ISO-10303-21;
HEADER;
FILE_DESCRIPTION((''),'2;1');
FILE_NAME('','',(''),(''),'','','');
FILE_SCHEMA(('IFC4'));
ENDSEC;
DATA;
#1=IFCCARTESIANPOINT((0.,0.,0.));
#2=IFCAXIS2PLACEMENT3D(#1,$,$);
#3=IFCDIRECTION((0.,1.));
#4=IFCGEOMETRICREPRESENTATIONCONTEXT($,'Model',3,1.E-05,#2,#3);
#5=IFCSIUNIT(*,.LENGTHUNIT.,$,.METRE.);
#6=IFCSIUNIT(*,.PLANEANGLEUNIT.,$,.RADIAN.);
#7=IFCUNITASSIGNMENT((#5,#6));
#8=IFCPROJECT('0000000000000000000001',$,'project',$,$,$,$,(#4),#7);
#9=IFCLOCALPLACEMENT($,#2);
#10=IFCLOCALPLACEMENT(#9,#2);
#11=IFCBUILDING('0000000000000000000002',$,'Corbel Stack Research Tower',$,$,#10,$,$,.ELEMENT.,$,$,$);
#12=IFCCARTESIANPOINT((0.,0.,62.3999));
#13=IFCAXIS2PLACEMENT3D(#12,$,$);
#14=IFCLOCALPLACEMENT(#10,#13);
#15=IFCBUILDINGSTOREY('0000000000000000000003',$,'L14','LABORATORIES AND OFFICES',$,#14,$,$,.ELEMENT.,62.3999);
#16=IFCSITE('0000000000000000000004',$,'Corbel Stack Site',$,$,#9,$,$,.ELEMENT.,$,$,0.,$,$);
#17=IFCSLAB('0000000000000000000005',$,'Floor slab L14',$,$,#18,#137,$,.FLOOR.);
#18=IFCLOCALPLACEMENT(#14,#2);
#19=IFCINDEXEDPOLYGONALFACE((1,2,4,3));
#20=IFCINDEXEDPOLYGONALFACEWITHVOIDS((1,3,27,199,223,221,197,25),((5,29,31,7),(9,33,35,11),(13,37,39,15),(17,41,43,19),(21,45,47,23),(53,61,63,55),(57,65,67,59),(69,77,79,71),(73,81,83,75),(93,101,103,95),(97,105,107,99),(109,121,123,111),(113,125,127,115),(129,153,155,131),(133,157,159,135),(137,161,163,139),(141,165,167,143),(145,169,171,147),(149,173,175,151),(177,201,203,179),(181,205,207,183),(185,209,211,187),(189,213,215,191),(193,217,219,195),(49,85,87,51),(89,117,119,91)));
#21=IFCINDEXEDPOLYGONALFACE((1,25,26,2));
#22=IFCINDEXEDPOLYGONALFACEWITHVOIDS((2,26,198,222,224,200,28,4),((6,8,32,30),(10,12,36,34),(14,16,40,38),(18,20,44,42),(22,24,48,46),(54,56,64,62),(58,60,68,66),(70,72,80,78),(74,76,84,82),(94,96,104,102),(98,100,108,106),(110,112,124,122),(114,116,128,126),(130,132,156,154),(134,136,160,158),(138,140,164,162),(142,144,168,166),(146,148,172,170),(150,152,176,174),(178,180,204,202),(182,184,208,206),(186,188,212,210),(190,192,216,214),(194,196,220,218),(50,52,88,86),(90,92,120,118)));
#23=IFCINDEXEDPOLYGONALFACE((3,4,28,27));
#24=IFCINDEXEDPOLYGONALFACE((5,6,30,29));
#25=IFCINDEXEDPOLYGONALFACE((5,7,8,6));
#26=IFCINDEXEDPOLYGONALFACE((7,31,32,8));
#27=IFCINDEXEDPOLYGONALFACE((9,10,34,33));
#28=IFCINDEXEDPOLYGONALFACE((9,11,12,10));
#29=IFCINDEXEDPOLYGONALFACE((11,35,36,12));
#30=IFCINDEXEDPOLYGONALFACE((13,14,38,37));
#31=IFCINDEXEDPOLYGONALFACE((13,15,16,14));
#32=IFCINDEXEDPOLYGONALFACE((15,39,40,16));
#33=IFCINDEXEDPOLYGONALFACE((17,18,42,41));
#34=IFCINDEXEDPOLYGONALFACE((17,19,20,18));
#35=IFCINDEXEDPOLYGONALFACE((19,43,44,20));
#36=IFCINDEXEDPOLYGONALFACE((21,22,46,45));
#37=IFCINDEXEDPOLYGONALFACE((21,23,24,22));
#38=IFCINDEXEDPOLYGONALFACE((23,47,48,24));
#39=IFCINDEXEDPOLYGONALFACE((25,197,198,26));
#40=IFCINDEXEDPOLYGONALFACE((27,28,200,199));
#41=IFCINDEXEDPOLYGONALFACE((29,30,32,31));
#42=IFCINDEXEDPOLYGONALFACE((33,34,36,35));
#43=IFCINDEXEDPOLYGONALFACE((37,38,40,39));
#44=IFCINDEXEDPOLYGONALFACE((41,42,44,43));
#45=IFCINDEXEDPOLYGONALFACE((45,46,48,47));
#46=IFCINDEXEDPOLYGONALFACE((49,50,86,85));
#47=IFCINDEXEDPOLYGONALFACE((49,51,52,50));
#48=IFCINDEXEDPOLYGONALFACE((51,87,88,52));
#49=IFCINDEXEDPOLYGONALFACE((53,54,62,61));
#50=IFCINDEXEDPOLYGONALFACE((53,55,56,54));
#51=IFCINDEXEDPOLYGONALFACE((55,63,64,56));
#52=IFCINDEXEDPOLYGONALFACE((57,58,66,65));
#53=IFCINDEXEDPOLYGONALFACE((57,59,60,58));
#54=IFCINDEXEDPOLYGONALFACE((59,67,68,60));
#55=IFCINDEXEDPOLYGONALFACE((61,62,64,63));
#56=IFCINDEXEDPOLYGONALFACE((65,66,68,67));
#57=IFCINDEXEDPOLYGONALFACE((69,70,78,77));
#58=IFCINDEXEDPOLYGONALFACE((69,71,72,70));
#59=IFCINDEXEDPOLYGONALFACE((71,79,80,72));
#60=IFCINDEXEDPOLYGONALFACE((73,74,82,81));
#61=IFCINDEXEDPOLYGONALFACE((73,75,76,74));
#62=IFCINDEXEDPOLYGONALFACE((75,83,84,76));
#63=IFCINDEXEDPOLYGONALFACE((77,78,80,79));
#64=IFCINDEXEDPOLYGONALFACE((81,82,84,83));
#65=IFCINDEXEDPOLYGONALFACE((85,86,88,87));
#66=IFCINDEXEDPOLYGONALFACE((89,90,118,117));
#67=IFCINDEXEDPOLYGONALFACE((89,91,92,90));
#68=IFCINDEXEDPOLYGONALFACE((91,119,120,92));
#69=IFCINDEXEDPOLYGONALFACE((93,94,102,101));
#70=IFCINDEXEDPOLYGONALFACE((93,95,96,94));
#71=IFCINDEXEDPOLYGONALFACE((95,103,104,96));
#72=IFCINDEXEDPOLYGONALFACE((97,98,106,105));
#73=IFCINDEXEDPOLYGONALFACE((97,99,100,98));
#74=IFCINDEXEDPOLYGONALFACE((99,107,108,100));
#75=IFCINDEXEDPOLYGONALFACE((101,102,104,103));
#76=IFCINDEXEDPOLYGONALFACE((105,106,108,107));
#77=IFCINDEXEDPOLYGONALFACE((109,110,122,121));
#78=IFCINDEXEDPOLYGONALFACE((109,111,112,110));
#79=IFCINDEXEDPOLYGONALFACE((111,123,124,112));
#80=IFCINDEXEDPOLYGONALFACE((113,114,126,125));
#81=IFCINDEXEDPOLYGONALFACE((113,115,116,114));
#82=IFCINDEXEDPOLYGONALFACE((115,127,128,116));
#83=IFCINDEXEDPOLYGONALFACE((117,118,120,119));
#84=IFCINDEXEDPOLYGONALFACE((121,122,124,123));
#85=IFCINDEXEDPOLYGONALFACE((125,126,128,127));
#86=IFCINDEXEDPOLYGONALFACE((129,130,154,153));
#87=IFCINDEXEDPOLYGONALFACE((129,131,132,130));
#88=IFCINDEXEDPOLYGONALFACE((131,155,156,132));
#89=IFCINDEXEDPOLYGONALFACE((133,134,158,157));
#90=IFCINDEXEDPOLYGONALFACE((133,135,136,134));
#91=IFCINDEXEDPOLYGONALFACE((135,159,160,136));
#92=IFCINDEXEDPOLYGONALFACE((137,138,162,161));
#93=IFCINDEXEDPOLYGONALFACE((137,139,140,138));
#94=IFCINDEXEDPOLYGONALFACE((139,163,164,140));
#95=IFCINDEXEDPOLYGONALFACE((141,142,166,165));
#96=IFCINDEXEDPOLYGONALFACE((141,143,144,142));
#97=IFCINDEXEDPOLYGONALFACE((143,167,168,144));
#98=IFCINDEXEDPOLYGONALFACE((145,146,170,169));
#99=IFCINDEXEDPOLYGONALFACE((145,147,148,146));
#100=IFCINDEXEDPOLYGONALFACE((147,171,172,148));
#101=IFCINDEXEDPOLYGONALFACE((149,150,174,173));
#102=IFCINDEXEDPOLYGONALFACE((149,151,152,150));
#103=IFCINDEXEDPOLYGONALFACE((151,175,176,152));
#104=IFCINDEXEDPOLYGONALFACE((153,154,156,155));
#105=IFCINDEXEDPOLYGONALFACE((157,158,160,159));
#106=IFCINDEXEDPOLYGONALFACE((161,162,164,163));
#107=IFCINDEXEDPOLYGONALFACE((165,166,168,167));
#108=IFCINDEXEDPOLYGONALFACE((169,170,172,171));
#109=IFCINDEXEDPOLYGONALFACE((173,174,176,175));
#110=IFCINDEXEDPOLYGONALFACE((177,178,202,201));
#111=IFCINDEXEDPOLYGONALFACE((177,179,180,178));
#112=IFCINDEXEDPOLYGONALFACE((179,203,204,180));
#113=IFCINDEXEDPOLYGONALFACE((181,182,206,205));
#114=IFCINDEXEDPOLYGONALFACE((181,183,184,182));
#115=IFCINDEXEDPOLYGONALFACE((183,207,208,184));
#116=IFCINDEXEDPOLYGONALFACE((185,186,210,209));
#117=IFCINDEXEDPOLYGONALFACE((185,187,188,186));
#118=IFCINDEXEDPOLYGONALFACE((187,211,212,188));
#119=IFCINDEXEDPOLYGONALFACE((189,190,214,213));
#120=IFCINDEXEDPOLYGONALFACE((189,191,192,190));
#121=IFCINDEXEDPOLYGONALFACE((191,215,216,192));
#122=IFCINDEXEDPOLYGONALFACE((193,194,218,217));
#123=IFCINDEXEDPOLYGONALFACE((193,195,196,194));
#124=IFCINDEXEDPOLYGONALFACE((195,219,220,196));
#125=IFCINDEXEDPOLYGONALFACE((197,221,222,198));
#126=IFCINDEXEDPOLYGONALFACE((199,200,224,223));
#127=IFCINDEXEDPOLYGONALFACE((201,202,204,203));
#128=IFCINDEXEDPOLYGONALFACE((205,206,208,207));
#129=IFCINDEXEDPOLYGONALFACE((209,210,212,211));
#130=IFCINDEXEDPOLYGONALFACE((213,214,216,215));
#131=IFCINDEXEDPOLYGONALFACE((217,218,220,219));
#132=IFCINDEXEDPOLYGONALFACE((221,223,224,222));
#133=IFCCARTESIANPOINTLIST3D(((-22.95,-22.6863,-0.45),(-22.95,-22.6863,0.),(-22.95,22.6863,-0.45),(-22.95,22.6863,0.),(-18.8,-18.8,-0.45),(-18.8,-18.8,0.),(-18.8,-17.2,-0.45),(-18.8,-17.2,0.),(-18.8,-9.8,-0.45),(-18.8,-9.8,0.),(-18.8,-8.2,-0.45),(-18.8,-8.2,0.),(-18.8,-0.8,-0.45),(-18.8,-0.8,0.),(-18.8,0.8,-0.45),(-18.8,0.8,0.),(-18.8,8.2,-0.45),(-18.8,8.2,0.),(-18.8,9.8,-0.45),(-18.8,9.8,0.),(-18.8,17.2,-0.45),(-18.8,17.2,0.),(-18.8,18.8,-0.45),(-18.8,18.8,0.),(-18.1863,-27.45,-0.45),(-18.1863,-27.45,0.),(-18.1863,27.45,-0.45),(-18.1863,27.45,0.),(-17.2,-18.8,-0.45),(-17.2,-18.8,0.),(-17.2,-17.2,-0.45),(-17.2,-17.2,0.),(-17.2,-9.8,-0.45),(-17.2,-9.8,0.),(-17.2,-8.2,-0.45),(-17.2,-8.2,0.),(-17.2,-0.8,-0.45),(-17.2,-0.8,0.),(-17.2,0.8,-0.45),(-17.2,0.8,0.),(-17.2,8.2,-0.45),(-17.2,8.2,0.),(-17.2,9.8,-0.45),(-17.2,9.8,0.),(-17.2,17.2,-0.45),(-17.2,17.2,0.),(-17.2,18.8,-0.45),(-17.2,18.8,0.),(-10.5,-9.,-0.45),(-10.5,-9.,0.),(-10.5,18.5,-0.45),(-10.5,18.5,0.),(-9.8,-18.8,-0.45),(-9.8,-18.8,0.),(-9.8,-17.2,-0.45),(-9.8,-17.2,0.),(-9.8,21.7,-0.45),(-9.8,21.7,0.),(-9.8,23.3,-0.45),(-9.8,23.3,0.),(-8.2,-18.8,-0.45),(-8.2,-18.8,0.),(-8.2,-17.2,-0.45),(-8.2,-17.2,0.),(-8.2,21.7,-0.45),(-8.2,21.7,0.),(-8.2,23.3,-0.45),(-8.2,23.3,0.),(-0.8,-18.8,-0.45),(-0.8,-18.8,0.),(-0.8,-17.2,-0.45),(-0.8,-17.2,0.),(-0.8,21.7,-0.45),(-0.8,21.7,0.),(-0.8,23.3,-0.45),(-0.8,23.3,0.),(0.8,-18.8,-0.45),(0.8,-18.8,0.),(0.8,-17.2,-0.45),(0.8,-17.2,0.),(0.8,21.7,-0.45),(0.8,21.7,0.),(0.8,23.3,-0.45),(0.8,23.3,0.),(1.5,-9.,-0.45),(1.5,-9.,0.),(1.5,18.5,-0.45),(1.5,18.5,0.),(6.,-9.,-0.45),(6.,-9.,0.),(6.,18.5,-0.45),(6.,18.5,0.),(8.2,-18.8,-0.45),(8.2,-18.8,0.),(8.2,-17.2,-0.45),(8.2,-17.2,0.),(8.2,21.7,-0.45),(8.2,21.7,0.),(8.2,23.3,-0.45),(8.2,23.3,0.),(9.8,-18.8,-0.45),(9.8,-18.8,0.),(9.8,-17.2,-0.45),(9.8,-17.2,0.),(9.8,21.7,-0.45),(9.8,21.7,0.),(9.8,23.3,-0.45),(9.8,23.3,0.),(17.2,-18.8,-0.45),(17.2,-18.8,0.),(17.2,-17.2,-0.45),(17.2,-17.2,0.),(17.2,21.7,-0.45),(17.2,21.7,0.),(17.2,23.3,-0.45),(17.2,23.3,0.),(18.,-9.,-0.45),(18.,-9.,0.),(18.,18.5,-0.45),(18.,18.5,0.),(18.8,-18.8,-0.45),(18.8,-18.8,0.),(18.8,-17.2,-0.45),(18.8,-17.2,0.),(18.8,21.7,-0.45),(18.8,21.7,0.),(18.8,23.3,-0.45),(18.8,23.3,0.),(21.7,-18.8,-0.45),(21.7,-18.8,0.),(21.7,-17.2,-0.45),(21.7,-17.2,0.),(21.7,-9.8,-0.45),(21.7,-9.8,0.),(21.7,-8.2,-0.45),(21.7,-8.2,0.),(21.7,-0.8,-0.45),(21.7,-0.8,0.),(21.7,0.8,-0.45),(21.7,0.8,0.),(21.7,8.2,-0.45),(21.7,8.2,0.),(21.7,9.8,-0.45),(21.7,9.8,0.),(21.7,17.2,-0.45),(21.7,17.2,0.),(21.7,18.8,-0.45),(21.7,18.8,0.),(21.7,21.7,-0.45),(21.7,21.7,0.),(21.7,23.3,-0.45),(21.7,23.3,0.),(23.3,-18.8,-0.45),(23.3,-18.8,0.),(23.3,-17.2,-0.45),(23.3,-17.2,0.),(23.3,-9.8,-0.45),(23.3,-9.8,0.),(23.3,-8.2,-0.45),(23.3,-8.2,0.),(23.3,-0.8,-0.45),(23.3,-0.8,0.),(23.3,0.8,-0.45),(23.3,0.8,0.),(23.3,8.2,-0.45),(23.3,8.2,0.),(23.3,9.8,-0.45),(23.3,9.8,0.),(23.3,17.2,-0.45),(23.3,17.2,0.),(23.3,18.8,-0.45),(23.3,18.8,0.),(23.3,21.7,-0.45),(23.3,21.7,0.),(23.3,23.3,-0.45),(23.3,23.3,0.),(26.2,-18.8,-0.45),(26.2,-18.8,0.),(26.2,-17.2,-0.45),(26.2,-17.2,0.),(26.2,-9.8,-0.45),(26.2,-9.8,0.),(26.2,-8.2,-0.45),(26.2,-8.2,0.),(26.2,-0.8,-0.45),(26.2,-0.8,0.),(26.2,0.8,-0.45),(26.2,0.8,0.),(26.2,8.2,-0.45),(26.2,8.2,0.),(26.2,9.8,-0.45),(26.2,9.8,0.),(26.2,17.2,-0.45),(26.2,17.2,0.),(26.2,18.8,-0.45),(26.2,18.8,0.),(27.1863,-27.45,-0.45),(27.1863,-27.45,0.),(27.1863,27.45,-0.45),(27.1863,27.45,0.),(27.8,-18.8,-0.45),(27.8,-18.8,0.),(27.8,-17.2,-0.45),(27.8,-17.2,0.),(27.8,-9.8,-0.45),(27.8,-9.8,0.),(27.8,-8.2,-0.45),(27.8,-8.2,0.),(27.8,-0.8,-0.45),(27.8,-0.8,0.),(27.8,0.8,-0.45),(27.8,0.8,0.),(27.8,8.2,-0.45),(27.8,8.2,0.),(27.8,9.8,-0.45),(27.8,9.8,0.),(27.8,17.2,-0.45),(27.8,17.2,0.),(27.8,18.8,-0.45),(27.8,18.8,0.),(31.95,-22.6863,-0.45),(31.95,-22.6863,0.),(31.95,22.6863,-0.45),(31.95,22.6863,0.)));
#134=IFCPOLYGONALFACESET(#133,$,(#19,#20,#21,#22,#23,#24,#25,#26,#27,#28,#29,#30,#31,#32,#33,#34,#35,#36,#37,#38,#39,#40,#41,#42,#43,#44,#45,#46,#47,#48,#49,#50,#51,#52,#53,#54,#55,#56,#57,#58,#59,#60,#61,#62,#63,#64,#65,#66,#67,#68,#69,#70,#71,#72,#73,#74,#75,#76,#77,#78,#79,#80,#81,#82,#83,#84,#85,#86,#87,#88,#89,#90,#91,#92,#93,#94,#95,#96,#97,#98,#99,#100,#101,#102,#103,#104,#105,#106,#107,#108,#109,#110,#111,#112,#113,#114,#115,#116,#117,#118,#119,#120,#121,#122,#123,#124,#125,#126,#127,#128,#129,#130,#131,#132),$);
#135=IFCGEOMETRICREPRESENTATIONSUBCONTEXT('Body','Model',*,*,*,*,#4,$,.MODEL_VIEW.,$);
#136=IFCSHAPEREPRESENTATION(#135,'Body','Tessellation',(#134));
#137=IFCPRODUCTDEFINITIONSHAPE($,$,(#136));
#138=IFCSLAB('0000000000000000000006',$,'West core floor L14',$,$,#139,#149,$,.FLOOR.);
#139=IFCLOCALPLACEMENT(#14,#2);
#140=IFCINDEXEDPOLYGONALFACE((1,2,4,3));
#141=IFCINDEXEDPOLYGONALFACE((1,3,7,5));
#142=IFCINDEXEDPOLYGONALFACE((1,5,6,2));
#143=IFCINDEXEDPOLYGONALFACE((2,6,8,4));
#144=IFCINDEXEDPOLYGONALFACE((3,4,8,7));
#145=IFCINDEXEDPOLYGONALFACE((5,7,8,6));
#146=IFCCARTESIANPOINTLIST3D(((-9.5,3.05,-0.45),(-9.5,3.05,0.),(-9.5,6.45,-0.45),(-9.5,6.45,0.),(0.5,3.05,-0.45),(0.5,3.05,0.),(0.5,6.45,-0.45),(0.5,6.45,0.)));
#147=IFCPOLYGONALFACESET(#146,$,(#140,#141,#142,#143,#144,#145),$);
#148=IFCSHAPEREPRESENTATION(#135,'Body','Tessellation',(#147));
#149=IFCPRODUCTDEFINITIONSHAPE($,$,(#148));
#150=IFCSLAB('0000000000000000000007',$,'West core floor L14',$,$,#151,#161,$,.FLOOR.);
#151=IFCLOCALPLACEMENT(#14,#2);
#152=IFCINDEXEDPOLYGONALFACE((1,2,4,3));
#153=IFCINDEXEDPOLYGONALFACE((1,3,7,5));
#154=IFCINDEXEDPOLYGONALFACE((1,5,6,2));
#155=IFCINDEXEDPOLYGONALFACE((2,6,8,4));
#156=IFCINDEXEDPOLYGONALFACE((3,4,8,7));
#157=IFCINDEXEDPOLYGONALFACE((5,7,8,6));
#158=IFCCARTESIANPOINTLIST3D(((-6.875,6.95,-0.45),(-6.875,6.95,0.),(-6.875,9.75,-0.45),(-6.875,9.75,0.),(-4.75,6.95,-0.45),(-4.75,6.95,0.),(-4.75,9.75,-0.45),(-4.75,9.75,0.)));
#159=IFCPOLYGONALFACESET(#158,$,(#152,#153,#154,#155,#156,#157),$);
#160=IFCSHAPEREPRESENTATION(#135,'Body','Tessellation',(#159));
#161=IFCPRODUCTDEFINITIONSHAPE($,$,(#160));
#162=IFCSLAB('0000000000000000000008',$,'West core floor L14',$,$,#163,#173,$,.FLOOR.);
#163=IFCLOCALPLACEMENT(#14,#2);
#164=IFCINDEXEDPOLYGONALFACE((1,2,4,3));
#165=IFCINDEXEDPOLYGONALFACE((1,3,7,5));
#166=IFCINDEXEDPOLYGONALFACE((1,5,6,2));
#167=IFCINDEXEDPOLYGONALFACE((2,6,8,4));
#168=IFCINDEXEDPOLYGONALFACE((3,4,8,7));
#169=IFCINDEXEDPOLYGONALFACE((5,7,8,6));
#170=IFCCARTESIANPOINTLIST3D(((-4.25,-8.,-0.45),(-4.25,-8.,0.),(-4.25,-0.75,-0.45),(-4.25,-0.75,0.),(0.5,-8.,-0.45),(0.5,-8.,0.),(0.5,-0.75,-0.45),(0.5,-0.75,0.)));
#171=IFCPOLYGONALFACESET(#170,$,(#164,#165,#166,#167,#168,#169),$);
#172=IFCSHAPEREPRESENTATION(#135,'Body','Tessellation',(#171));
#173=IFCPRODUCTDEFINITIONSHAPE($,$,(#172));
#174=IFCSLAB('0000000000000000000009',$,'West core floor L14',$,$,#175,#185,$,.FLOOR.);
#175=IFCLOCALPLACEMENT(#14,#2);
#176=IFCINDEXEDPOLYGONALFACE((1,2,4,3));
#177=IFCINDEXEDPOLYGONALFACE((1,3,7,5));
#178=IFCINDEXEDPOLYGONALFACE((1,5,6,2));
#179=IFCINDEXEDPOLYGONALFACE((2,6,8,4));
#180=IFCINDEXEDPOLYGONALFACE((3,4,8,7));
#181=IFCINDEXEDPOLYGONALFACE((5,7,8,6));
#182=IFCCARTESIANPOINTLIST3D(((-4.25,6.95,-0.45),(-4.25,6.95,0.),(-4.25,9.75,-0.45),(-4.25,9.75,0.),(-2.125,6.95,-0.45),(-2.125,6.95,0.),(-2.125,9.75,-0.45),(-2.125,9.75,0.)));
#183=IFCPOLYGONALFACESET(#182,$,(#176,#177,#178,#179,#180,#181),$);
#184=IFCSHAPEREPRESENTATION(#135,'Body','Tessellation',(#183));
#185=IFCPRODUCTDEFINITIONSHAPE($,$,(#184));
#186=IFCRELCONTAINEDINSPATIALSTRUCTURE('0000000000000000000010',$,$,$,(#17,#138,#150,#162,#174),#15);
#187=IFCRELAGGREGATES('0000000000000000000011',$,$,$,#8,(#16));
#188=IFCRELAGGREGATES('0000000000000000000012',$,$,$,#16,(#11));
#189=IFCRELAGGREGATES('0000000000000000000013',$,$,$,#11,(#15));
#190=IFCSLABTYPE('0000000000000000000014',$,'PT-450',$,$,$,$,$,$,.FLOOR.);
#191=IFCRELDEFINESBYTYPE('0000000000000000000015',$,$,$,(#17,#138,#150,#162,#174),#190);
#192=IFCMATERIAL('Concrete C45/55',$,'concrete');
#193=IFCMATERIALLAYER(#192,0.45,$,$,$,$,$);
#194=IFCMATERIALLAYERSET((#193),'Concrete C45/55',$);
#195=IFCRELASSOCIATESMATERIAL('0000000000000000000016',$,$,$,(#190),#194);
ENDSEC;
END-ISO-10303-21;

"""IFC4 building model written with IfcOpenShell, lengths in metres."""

from ifc_helpers import new_model, si_unit, direction, frame, origin, place, context, subcontext, project, spatial, polyline, outline, extrude, material, layer, layer_set, type_object, element, save


model = new_model("IFC4")

# Units and contexts
model_context = context("Model", 3, precision=1e-05, world=origin(), true_north=direction((0.0, 1.0)))
body_context = subcontext(model_context, "Body", "Model", "MODEL_VIEW")
ifc_project = project(units=[si_unit("LENGTHUNIT", "METRE"), si_unit("PLANEANGLEUNIT", "RADIAN")], contexts=[model_context])

# Site, building, storey
site_placement = place(None, origin())
site = spatial("IfcSite", under=ifc_project, at=site_placement, Name="Corbel Stack Site", CompositionType="ELEMENT", RefElevation=0.0)
building_placement = place(site_placement, origin())
building = spatial("IfcBuilding", under=site, at=building_placement, Name="Corbel Stack Research Tower", CompositionType="ELEMENT")
storey_placement = place(building_placement, frame((0.0, 0.0, 62.3999)))
storey = spatial("IfcBuildingStorey", under=building, at=storey_placement, Name="L14", Description="LABORATORIES AND OFFICES", CompositionType="ELEMENT", Elevation=62.3999)

# Slabs
ifc_material_1 = material(Name="Concrete C45/55", Category="concrete")
ifc_layer_1 = layer(ifc_material_1, 0.45)
ifc_layer_set_1 = layer_set([ifc_layer_1], Name="Concrete C45/55")
slab_type = type_object("IfcSlabType", Name="PT-450", PredefinedType="FLOOR", material=ifc_layer_set_1)
slab_1_placement = place(storey_placement, frame((0.0, 0.0, -0.45)))
element("IfcSlab", 1, at=slab_1_placement, inside=storey, type_object=slab_type, Name="Floor slab L14", PredefinedType="FLOOR", context=body_context, shape_type="SweptSolid", body=[
    extrude(outline(polyline([(-18.1863, -27.45), (27.1863, -27.45), (31.95, -22.6863), (31.95, 22.6863), (27.1863, 27.45), (-18.1863, 27.45), (-22.95, 22.6863), (-22.95, -22.6863), (-18.1863, -27.45)]), holes=[polyline([(26.2, 17.2), (26.2, 18.8), (27.8, 18.8), (27.8, 17.2), (26.2, 17.2)]), polyline([(26.2, 8.2), (26.2, 9.8), (27.8, 9.8), (27.8, 8.2), (26.2, 8.2)]), polyline([(27.8, -0.8), (26.2, -0.8), (26.2, 0.8), (27.8, 0.8), (27.8, -0.8)]), polyline([(26.2, -9.8), (26.2, -8.2), (27.8, -8.2), (27.8, -9.8), (26.2, -9.8)]), polyline([(26.2, -18.8), (26.2, -17.2), (27.8, -17.2), (27.8, -18.8), (26.2, -18.8)]), polyline([(21.7, 21.7), (21.7, 23.3), (23.3, 23.3), (23.3, 21.7), (21.7, 21.7)]), polyline([(21.7, 17.2), (21.7, 18.8), (23.3, 18.8), (23.3, 17.2), (21.7, 17.2)]), polyline([(21.7, 8.2), (21.7, 9.8), (23.3, 9.8), (23.3, 8.2), (21.7, 8.2)]), polyline([(21.7, -0.8), (21.7, 0.8), (23.3, 0.8), (23.3, -0.8), (21.7, -0.8)]), polyline([(23.3, -9.8), (21.7, -9.8), (21.7, -8.2), (23.3, -8.2), (23.3, -9.8)]), polyline([(21.7, -18.8), (21.7, -17.2), (23.3, -17.2), (23.3, -18.8), (21.7, -18.8)]), polyline([(17.2, 21.7), (17.2, 23.3), (18.8, 23.3), (18.8, 21.7), (17.2, 21.7)]), polyline([(18.8, -18.8), (17.2, -18.8), (17.2, -17.2), (18.8, -17.2), (18.8, -18.8)]), polyline([(6.0, -9.0), (6.0, 18.5), (18.0, 18.5), (18.0, -9.0), (6.0, -9.0)]), polyline([(8.2, 21.7), (8.2, 23.3), (9.8, 23.3), (9.8, 21.7), (8.2, 21.7)]), polyline([(9.8, -18.8), (8.2, -18.8), (8.2, -17.2), (9.8, -17.2), (9.8, -18.8)]), polyline([(1.5, -9.0), (-10.5, -9.0), (-10.5, 18.5), (1.5, 18.5), (1.5, -9.0)]), polyline([(-0.8, 21.7), (-0.8, 23.3), (0.8, 23.3), (0.8, 21.7), (-0.8, 21.7)]), polyline([(-0.8, -18.8), (-0.8, -17.2), (0.8, -17.2), (0.8, -18.8), (-0.8, -18.8)]), polyline([(-9.8, 21.7), (-9.8, 23.3), (-8.2, 23.3), (-8.2, 21.7), (-9.8, 21.7)]), polyline([(-9.8, -18.8), (-9.8, -17.2), (-8.2, -17.2), (-8.2, -18.8), (-9.8, -18.8)]), polyline([(-18.8, 17.2), (-18.8, 18.8), (-17.2, 18.8), (-17.2, 17.2), (-18.8, 17.2)]), polyline([(-18.8, 8.2), (-18.8, 9.8), (-17.2, 9.8), (-17.2, 8.2), (-18.8, 8.2)]), polyline([(-18.8, -0.8), (-18.8, 0.8), (-17.2, 0.8), (-17.2, -0.8), (-18.8, -0.8)]), polyline([(-18.8, -9.8), (-18.8, -8.2), (-17.2, -8.2), (-17.2, -9.8), (-18.8, -9.8)]), polyline([(-17.2, -18.8), (-18.8, -18.8), (-18.8, -17.2), (-17.2, -17.2), (-17.2, -18.8)])]), origin(), (0.0, 0.0, 1.0), 0.45),
])
slab_2_placement = place(storey_placement, frame((0.0, 0.0, -0.45)))
element("IfcSlab", 2, at=slab_2_placement, inside=storey, type_object=slab_type, Name="West core floor L14", PredefinedType="FLOOR", context=body_context, shape_type="SweptSolid", body=[
    extrude(outline(polyline([(-9.5, 6.45), (-9.5, 3.05), (0.5, 3.05), (0.5, 6.45), (-9.5, 6.45)])), origin(), (0.0, 0.0, 1.0), 0.45),
])
slab_3_placement = place(storey_placement, frame((0.0, 0.0, -0.45)))
element("IfcSlab", 3, at=slab_3_placement, inside=storey, type_object=slab_type, Name="West core floor L14", PredefinedType="FLOOR", context=body_context, shape_type="SweptSolid", body=[
    extrude(outline(polyline([(-6.875, 6.95), (-4.75, 6.95), (-4.75, 9.75), (-6.875, 9.75), (-6.875, 6.95)])), origin(), (0.0, 0.0, 1.0), 0.45),
])
slab_4_placement = place(storey_placement, frame((0.0, 0.0, -0.45)))
element("IfcSlab", 4, at=slab_4_placement, inside=storey, type_object=slab_type, Name="West core floor L14", PredefinedType="FLOOR", context=body_context, shape_type="SweptSolid", body=[
    extrude(outline(polyline([(-4.25, -0.75), (-4.25, -8.0), (0.5, -8.0), (0.5, -0.75), (-4.25, -0.75)])), origin(), (0.0, 0.0, 1.0), 0.45),
])
slab_5_placement = place(storey_placement, frame((0.0, 0.0, -0.45)))
element("IfcSlab", 5, at=slab_5_placement, inside=storey, type_object=slab_type, Name="West core floor L14", PredefinedType="FLOOR", context=body_context, shape_type="SweptSolid", body=[
    extrude(outline(polyline([(-2.125, 6.95), (-2.125, 9.75), (-4.25, 9.75), (-4.25, 6.95), (-2.125, 6.95)])), origin(), (0.0, 0.0, 1.0), 0.45),
])

save(model, "model.ifc")
